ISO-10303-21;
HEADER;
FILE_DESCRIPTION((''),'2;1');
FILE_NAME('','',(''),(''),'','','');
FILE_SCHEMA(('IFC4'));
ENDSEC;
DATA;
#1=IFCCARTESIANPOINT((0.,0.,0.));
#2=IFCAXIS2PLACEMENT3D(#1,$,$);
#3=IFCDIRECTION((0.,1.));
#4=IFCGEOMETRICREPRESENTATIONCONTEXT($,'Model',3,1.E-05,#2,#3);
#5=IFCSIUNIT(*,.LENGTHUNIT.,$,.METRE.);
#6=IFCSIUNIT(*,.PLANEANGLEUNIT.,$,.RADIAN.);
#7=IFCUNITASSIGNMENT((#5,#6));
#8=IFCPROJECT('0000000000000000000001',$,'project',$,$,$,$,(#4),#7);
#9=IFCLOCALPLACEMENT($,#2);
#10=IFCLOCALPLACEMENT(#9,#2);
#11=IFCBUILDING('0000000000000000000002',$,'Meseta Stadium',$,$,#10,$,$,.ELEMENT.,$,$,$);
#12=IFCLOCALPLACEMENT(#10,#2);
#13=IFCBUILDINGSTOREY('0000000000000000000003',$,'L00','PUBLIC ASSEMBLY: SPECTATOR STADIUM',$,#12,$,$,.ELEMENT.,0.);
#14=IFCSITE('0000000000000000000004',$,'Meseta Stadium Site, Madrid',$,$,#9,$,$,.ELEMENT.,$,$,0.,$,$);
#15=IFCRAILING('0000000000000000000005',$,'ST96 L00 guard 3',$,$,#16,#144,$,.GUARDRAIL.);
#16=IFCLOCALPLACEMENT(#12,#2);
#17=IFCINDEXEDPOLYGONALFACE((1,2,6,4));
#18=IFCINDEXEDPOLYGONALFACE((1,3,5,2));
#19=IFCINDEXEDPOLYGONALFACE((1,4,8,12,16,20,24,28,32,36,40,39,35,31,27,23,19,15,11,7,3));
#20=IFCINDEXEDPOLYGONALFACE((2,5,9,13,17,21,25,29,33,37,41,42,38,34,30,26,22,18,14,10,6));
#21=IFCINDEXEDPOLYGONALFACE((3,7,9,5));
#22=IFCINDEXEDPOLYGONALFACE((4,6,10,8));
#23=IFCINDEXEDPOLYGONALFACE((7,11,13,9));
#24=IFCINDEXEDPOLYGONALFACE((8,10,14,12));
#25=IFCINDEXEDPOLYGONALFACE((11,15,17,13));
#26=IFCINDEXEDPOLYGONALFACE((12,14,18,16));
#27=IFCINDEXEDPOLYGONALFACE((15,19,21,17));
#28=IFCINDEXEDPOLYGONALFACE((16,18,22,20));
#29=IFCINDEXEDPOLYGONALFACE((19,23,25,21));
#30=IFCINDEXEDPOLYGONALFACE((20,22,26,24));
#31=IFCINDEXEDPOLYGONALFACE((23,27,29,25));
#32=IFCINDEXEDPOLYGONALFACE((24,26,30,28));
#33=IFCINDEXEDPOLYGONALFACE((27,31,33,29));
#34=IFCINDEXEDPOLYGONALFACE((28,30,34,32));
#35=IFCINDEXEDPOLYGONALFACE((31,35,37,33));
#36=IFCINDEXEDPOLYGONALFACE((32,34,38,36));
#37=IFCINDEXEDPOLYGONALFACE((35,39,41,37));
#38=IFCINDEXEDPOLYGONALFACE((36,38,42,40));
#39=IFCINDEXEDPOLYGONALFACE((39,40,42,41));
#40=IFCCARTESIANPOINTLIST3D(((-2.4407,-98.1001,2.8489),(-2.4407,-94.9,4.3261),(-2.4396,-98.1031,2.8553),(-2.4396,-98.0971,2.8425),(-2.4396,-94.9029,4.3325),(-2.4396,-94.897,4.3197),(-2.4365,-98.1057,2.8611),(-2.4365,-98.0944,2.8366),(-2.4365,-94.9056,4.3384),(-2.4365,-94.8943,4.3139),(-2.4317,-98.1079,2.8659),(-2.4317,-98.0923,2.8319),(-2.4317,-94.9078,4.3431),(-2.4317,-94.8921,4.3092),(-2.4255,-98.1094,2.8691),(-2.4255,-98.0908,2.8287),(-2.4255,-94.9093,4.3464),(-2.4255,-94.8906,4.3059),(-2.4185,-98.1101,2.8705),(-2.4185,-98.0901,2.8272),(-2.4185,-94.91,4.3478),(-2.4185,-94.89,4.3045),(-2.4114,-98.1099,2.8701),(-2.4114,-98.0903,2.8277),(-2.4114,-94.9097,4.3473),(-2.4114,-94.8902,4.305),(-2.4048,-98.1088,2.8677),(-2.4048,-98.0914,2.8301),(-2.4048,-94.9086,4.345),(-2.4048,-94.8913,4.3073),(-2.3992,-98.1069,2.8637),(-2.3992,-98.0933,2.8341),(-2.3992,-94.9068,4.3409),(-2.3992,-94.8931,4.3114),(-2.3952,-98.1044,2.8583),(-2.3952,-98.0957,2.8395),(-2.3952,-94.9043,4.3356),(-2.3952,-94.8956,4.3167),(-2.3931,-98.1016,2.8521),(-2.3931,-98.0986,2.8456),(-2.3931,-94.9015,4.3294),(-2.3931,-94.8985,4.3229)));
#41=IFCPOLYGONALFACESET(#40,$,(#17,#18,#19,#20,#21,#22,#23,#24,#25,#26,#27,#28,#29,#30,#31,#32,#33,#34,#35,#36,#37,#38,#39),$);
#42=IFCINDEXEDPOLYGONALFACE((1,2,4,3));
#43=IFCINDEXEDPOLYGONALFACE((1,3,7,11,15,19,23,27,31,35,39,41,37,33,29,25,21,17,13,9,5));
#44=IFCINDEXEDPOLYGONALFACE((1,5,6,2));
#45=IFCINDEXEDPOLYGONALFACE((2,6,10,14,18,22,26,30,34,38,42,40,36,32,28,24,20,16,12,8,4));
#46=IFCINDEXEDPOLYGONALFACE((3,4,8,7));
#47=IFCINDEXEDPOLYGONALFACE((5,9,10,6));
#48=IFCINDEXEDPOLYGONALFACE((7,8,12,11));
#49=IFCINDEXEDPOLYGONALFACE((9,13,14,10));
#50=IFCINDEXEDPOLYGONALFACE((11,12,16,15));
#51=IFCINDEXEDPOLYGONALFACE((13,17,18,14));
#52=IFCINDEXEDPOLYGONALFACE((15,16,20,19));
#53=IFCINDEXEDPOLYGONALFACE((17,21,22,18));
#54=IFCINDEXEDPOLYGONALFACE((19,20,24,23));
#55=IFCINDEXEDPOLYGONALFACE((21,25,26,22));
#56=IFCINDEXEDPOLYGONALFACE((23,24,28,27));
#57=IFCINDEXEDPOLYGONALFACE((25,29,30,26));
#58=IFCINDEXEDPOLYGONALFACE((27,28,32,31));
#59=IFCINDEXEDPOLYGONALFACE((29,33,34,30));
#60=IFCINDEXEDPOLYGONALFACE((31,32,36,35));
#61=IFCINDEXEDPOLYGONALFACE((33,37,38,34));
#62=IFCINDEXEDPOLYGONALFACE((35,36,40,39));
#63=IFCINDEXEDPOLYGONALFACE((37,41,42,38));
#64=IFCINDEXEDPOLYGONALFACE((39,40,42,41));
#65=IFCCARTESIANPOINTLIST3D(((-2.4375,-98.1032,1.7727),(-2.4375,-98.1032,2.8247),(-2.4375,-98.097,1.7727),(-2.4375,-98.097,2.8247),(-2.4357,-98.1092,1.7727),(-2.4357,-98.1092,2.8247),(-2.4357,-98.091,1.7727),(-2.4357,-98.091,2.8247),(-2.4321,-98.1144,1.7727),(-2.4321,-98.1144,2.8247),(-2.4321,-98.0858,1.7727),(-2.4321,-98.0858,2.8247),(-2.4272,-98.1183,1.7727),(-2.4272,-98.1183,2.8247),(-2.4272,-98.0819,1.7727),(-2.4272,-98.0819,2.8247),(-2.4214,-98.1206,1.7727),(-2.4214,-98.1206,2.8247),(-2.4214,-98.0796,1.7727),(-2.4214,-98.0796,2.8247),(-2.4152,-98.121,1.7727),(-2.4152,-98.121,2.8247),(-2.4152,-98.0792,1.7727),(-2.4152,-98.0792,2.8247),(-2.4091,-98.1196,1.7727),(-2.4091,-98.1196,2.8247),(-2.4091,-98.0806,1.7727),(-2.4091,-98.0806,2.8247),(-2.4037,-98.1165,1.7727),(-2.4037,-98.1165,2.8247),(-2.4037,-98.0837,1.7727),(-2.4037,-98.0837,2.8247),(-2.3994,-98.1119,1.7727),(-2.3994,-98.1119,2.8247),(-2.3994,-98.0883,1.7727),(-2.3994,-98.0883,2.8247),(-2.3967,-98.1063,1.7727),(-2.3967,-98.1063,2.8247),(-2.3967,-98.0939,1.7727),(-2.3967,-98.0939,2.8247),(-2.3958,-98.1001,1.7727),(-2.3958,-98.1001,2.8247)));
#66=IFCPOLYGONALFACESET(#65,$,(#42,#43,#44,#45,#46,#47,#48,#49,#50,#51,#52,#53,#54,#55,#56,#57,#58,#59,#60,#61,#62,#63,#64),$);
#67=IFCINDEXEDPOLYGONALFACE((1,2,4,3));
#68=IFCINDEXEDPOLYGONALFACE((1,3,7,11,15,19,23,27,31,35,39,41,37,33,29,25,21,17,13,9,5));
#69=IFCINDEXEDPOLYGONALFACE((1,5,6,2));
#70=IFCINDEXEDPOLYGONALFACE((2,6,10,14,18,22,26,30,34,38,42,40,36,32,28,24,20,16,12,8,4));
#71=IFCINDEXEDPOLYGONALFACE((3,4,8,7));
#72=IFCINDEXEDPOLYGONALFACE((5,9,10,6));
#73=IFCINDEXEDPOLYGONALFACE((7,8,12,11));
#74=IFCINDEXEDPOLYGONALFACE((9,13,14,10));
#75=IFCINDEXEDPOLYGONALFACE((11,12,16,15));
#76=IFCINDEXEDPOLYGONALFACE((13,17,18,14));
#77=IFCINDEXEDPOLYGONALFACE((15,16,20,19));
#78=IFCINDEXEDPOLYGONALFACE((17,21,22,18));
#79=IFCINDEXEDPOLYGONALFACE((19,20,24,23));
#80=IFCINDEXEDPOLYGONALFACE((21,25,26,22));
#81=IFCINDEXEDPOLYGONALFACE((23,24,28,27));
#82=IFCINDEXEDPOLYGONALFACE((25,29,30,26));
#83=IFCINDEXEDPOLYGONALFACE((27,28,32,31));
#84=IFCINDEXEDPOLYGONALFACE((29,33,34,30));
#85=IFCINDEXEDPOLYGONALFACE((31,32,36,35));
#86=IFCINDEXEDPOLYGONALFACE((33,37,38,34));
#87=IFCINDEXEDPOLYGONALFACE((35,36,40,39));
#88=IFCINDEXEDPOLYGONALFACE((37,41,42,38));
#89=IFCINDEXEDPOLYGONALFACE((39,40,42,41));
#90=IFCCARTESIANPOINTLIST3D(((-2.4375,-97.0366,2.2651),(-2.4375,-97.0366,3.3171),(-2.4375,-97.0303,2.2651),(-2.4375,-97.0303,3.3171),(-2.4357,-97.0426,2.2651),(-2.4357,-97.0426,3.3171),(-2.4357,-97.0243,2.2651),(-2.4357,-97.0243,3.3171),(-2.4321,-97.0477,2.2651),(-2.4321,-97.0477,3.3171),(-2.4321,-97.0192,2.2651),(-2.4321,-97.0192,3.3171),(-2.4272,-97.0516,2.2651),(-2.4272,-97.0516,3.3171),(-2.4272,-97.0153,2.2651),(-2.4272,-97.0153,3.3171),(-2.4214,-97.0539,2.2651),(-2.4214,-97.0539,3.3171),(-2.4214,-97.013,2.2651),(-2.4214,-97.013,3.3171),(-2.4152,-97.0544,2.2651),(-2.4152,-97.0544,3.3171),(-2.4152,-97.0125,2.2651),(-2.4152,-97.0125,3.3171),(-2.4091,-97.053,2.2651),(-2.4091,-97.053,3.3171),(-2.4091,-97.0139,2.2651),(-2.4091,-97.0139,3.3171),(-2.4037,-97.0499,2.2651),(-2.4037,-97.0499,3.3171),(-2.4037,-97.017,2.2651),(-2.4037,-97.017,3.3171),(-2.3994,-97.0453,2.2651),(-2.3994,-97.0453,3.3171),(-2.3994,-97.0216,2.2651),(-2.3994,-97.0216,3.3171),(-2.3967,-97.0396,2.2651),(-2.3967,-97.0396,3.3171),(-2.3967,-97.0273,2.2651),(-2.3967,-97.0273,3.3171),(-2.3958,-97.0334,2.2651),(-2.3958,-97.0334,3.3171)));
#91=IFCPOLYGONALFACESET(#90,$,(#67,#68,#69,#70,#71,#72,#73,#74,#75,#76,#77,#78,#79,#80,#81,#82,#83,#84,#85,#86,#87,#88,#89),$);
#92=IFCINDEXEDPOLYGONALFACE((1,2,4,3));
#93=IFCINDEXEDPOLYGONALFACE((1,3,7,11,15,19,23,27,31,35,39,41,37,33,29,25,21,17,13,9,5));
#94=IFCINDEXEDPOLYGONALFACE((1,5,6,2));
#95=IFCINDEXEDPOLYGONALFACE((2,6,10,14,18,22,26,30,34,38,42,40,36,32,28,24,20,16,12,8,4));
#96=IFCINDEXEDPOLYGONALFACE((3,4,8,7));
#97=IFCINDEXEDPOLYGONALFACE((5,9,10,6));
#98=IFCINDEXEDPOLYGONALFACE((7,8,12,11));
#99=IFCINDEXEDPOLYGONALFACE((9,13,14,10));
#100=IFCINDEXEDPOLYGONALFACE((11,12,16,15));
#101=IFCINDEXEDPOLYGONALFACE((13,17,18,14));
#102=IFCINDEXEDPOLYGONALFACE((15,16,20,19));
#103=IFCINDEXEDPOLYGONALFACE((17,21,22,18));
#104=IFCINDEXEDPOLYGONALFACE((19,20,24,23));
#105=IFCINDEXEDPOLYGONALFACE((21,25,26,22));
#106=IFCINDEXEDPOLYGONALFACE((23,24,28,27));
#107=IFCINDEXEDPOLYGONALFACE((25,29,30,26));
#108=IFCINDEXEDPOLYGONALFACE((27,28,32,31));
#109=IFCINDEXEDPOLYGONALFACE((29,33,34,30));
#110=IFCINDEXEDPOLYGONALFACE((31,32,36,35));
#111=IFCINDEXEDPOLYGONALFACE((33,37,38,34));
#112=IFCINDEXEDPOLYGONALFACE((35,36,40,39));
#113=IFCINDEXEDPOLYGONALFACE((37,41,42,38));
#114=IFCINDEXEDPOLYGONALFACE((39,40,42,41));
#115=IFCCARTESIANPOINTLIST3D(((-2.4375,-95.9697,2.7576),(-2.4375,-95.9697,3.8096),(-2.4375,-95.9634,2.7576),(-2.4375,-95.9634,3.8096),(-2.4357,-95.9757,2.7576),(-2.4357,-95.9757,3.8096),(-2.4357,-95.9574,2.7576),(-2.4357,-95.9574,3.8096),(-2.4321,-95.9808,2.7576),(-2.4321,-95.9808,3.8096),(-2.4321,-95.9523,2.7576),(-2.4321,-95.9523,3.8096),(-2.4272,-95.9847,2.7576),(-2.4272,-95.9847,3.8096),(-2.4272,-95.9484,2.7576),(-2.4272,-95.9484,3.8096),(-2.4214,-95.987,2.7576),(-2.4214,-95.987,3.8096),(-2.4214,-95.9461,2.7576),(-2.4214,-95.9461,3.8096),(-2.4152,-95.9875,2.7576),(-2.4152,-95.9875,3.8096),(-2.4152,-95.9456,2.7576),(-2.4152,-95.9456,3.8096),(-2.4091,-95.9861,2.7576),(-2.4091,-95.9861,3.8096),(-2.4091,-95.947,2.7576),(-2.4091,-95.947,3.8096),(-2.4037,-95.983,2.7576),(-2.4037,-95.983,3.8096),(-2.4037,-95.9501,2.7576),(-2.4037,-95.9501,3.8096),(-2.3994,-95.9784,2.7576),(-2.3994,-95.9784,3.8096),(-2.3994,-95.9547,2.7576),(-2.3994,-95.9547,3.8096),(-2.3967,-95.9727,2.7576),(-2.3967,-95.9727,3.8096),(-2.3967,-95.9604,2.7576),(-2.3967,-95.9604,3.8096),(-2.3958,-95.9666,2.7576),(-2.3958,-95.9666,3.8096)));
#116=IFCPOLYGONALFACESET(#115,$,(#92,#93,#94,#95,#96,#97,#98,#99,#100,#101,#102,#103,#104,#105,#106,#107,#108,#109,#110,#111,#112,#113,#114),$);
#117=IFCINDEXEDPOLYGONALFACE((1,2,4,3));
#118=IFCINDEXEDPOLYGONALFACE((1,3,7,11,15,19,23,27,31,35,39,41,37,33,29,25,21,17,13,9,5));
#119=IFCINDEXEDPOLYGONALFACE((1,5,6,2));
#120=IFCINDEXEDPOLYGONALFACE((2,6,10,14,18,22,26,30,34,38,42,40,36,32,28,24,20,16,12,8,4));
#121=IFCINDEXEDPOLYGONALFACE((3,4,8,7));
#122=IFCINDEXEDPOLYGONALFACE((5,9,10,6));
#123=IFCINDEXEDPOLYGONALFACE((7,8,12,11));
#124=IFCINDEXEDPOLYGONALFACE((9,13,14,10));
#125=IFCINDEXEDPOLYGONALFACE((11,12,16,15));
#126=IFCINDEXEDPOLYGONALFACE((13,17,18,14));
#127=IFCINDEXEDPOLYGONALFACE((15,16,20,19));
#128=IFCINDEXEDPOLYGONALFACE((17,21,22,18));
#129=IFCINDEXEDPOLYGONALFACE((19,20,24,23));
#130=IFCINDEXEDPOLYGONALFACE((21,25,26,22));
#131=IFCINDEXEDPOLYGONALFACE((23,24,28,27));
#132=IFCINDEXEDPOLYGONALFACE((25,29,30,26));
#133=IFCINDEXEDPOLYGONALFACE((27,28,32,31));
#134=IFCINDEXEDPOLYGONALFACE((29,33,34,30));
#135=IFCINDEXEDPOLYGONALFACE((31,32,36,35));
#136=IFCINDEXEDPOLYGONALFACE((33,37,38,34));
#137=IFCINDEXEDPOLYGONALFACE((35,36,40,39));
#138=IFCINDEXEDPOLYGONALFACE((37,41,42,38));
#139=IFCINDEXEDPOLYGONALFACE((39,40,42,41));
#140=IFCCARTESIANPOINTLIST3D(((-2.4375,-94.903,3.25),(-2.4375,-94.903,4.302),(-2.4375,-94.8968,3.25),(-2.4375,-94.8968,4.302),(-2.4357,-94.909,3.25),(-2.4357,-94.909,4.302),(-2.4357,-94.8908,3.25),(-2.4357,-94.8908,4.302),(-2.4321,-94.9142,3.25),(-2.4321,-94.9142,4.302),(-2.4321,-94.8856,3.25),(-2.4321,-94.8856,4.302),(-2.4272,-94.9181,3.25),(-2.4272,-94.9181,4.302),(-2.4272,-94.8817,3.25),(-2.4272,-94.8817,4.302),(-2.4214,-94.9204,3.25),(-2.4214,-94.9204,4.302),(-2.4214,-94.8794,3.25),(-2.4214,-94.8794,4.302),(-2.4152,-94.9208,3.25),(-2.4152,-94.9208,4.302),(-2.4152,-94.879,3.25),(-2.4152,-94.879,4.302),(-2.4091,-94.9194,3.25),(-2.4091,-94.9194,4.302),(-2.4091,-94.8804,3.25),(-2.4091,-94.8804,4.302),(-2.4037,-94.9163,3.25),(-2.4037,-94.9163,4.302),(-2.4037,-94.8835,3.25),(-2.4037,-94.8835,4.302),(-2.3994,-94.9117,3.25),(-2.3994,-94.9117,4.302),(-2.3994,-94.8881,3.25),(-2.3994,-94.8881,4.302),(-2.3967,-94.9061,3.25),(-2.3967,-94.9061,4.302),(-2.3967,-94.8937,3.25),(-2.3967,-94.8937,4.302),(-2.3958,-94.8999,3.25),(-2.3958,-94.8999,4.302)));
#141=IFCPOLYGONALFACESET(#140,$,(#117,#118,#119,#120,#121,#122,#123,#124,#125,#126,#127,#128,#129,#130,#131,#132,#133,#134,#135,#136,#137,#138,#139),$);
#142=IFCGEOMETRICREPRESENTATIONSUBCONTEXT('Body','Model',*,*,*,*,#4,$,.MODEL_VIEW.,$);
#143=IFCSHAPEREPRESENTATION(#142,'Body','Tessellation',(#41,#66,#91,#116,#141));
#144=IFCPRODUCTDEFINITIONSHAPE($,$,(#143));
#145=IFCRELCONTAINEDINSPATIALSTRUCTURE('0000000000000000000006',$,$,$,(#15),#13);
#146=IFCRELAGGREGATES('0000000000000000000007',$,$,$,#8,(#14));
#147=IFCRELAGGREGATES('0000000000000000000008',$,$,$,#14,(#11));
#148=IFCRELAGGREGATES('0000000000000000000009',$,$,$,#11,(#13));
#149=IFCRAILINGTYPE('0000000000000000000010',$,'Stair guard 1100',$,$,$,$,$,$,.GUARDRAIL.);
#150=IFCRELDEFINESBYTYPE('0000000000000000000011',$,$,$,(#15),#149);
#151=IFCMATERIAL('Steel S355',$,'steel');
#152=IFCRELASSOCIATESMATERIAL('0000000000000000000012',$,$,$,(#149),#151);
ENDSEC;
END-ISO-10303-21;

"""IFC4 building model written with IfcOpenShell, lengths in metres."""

from ifc_helpers import new_model, si_unit, direction, frame, origin, origin_2d, place, context, subcontext, project, spatial, circle, extrude, material, type_object, element, save


model = new_model("IFC4")

# Units and contexts
model_context = context("Model", 3, precision=1e-05, world=origin(), true_north=direction((0.0, 1.0)))
body_context = subcontext(model_context, "Body", "Model", "MODEL_VIEW")
ifc_project = project(units=[si_unit("LENGTHUNIT", "METRE"), si_unit("PLANEANGLEUNIT", "RADIAN")], contexts=[model_context])

# Site, building, storey
site_placement = place(None, origin())
site = spatial("IfcSite", under=ifc_project, at=site_placement, Name="Meseta Stadium Site, Madrid", CompositionType="ELEMENT", RefElevation=0.0)
building_placement = place(site_placement, origin())
building = spatial("IfcBuilding", under=site, at=building_placement, Name="Meseta Stadium", CompositionType="ELEMENT")
storey_placement = place(building_placement, origin())
storey = spatial("IfcBuildingStorey", under=building, at=storey_placement, Name="L00", Description="PUBLIC ASSEMBLY: SPECTATOR STADIUM", CompositionType="ELEMENT", Elevation=0.0)

# Railing
ifc_material_1 = material(Name="Steel S355", Category="steel")
railing_type_1 = type_object("IfcRailingType", Name="Stair guard 1100", PredefinedType="GUARDRAIL", material=ifc_material_1)
railing_1_placement = place(storey_placement, frame((-2.4167, -98.1001, 1.7727)))
element("IfcRailing", 1, at=railing_1_placement, inside=storey, type_object=railing_type_1, Name="ST96 L00 guard 3", PredefinedType="GUARDRAIL", context=body_context, shape_type="SweptSolid", body=[
    extrude(circle(Radius=0.0239, at=origin_2d()), frame((0.0, 0.0, 1.0762), z_axis=(0.0, 0.907929, 0.419124), x_axis=(-1.0, 0.0, 0.0)), (0.0, 0.0, 1.0), 3.5247),
    extrude(circle(Radius=0.021, at=origin_2d()), origin(), (0.0, 0.0, 1.0), 1.052),
    extrude(circle(Radius=0.021, at=origin_2d()), frame((0.0, 1.0667, 0.4924)), (0.0, 0.0, 1.0), 1.052),
    extrude(circle(Radius=0.021, at=origin_2d()), frame((0.0, 2.1335, 0.9849)), (0.0, 0.0, 1.0), 1.052),
    extrude(circle(Radius=0.021, at=origin_2d()), frame((0.0, 3.2002, 1.4773)), (0.0, 0.0, 1.0), 1.052),
])

save(model, "model.ifc")
